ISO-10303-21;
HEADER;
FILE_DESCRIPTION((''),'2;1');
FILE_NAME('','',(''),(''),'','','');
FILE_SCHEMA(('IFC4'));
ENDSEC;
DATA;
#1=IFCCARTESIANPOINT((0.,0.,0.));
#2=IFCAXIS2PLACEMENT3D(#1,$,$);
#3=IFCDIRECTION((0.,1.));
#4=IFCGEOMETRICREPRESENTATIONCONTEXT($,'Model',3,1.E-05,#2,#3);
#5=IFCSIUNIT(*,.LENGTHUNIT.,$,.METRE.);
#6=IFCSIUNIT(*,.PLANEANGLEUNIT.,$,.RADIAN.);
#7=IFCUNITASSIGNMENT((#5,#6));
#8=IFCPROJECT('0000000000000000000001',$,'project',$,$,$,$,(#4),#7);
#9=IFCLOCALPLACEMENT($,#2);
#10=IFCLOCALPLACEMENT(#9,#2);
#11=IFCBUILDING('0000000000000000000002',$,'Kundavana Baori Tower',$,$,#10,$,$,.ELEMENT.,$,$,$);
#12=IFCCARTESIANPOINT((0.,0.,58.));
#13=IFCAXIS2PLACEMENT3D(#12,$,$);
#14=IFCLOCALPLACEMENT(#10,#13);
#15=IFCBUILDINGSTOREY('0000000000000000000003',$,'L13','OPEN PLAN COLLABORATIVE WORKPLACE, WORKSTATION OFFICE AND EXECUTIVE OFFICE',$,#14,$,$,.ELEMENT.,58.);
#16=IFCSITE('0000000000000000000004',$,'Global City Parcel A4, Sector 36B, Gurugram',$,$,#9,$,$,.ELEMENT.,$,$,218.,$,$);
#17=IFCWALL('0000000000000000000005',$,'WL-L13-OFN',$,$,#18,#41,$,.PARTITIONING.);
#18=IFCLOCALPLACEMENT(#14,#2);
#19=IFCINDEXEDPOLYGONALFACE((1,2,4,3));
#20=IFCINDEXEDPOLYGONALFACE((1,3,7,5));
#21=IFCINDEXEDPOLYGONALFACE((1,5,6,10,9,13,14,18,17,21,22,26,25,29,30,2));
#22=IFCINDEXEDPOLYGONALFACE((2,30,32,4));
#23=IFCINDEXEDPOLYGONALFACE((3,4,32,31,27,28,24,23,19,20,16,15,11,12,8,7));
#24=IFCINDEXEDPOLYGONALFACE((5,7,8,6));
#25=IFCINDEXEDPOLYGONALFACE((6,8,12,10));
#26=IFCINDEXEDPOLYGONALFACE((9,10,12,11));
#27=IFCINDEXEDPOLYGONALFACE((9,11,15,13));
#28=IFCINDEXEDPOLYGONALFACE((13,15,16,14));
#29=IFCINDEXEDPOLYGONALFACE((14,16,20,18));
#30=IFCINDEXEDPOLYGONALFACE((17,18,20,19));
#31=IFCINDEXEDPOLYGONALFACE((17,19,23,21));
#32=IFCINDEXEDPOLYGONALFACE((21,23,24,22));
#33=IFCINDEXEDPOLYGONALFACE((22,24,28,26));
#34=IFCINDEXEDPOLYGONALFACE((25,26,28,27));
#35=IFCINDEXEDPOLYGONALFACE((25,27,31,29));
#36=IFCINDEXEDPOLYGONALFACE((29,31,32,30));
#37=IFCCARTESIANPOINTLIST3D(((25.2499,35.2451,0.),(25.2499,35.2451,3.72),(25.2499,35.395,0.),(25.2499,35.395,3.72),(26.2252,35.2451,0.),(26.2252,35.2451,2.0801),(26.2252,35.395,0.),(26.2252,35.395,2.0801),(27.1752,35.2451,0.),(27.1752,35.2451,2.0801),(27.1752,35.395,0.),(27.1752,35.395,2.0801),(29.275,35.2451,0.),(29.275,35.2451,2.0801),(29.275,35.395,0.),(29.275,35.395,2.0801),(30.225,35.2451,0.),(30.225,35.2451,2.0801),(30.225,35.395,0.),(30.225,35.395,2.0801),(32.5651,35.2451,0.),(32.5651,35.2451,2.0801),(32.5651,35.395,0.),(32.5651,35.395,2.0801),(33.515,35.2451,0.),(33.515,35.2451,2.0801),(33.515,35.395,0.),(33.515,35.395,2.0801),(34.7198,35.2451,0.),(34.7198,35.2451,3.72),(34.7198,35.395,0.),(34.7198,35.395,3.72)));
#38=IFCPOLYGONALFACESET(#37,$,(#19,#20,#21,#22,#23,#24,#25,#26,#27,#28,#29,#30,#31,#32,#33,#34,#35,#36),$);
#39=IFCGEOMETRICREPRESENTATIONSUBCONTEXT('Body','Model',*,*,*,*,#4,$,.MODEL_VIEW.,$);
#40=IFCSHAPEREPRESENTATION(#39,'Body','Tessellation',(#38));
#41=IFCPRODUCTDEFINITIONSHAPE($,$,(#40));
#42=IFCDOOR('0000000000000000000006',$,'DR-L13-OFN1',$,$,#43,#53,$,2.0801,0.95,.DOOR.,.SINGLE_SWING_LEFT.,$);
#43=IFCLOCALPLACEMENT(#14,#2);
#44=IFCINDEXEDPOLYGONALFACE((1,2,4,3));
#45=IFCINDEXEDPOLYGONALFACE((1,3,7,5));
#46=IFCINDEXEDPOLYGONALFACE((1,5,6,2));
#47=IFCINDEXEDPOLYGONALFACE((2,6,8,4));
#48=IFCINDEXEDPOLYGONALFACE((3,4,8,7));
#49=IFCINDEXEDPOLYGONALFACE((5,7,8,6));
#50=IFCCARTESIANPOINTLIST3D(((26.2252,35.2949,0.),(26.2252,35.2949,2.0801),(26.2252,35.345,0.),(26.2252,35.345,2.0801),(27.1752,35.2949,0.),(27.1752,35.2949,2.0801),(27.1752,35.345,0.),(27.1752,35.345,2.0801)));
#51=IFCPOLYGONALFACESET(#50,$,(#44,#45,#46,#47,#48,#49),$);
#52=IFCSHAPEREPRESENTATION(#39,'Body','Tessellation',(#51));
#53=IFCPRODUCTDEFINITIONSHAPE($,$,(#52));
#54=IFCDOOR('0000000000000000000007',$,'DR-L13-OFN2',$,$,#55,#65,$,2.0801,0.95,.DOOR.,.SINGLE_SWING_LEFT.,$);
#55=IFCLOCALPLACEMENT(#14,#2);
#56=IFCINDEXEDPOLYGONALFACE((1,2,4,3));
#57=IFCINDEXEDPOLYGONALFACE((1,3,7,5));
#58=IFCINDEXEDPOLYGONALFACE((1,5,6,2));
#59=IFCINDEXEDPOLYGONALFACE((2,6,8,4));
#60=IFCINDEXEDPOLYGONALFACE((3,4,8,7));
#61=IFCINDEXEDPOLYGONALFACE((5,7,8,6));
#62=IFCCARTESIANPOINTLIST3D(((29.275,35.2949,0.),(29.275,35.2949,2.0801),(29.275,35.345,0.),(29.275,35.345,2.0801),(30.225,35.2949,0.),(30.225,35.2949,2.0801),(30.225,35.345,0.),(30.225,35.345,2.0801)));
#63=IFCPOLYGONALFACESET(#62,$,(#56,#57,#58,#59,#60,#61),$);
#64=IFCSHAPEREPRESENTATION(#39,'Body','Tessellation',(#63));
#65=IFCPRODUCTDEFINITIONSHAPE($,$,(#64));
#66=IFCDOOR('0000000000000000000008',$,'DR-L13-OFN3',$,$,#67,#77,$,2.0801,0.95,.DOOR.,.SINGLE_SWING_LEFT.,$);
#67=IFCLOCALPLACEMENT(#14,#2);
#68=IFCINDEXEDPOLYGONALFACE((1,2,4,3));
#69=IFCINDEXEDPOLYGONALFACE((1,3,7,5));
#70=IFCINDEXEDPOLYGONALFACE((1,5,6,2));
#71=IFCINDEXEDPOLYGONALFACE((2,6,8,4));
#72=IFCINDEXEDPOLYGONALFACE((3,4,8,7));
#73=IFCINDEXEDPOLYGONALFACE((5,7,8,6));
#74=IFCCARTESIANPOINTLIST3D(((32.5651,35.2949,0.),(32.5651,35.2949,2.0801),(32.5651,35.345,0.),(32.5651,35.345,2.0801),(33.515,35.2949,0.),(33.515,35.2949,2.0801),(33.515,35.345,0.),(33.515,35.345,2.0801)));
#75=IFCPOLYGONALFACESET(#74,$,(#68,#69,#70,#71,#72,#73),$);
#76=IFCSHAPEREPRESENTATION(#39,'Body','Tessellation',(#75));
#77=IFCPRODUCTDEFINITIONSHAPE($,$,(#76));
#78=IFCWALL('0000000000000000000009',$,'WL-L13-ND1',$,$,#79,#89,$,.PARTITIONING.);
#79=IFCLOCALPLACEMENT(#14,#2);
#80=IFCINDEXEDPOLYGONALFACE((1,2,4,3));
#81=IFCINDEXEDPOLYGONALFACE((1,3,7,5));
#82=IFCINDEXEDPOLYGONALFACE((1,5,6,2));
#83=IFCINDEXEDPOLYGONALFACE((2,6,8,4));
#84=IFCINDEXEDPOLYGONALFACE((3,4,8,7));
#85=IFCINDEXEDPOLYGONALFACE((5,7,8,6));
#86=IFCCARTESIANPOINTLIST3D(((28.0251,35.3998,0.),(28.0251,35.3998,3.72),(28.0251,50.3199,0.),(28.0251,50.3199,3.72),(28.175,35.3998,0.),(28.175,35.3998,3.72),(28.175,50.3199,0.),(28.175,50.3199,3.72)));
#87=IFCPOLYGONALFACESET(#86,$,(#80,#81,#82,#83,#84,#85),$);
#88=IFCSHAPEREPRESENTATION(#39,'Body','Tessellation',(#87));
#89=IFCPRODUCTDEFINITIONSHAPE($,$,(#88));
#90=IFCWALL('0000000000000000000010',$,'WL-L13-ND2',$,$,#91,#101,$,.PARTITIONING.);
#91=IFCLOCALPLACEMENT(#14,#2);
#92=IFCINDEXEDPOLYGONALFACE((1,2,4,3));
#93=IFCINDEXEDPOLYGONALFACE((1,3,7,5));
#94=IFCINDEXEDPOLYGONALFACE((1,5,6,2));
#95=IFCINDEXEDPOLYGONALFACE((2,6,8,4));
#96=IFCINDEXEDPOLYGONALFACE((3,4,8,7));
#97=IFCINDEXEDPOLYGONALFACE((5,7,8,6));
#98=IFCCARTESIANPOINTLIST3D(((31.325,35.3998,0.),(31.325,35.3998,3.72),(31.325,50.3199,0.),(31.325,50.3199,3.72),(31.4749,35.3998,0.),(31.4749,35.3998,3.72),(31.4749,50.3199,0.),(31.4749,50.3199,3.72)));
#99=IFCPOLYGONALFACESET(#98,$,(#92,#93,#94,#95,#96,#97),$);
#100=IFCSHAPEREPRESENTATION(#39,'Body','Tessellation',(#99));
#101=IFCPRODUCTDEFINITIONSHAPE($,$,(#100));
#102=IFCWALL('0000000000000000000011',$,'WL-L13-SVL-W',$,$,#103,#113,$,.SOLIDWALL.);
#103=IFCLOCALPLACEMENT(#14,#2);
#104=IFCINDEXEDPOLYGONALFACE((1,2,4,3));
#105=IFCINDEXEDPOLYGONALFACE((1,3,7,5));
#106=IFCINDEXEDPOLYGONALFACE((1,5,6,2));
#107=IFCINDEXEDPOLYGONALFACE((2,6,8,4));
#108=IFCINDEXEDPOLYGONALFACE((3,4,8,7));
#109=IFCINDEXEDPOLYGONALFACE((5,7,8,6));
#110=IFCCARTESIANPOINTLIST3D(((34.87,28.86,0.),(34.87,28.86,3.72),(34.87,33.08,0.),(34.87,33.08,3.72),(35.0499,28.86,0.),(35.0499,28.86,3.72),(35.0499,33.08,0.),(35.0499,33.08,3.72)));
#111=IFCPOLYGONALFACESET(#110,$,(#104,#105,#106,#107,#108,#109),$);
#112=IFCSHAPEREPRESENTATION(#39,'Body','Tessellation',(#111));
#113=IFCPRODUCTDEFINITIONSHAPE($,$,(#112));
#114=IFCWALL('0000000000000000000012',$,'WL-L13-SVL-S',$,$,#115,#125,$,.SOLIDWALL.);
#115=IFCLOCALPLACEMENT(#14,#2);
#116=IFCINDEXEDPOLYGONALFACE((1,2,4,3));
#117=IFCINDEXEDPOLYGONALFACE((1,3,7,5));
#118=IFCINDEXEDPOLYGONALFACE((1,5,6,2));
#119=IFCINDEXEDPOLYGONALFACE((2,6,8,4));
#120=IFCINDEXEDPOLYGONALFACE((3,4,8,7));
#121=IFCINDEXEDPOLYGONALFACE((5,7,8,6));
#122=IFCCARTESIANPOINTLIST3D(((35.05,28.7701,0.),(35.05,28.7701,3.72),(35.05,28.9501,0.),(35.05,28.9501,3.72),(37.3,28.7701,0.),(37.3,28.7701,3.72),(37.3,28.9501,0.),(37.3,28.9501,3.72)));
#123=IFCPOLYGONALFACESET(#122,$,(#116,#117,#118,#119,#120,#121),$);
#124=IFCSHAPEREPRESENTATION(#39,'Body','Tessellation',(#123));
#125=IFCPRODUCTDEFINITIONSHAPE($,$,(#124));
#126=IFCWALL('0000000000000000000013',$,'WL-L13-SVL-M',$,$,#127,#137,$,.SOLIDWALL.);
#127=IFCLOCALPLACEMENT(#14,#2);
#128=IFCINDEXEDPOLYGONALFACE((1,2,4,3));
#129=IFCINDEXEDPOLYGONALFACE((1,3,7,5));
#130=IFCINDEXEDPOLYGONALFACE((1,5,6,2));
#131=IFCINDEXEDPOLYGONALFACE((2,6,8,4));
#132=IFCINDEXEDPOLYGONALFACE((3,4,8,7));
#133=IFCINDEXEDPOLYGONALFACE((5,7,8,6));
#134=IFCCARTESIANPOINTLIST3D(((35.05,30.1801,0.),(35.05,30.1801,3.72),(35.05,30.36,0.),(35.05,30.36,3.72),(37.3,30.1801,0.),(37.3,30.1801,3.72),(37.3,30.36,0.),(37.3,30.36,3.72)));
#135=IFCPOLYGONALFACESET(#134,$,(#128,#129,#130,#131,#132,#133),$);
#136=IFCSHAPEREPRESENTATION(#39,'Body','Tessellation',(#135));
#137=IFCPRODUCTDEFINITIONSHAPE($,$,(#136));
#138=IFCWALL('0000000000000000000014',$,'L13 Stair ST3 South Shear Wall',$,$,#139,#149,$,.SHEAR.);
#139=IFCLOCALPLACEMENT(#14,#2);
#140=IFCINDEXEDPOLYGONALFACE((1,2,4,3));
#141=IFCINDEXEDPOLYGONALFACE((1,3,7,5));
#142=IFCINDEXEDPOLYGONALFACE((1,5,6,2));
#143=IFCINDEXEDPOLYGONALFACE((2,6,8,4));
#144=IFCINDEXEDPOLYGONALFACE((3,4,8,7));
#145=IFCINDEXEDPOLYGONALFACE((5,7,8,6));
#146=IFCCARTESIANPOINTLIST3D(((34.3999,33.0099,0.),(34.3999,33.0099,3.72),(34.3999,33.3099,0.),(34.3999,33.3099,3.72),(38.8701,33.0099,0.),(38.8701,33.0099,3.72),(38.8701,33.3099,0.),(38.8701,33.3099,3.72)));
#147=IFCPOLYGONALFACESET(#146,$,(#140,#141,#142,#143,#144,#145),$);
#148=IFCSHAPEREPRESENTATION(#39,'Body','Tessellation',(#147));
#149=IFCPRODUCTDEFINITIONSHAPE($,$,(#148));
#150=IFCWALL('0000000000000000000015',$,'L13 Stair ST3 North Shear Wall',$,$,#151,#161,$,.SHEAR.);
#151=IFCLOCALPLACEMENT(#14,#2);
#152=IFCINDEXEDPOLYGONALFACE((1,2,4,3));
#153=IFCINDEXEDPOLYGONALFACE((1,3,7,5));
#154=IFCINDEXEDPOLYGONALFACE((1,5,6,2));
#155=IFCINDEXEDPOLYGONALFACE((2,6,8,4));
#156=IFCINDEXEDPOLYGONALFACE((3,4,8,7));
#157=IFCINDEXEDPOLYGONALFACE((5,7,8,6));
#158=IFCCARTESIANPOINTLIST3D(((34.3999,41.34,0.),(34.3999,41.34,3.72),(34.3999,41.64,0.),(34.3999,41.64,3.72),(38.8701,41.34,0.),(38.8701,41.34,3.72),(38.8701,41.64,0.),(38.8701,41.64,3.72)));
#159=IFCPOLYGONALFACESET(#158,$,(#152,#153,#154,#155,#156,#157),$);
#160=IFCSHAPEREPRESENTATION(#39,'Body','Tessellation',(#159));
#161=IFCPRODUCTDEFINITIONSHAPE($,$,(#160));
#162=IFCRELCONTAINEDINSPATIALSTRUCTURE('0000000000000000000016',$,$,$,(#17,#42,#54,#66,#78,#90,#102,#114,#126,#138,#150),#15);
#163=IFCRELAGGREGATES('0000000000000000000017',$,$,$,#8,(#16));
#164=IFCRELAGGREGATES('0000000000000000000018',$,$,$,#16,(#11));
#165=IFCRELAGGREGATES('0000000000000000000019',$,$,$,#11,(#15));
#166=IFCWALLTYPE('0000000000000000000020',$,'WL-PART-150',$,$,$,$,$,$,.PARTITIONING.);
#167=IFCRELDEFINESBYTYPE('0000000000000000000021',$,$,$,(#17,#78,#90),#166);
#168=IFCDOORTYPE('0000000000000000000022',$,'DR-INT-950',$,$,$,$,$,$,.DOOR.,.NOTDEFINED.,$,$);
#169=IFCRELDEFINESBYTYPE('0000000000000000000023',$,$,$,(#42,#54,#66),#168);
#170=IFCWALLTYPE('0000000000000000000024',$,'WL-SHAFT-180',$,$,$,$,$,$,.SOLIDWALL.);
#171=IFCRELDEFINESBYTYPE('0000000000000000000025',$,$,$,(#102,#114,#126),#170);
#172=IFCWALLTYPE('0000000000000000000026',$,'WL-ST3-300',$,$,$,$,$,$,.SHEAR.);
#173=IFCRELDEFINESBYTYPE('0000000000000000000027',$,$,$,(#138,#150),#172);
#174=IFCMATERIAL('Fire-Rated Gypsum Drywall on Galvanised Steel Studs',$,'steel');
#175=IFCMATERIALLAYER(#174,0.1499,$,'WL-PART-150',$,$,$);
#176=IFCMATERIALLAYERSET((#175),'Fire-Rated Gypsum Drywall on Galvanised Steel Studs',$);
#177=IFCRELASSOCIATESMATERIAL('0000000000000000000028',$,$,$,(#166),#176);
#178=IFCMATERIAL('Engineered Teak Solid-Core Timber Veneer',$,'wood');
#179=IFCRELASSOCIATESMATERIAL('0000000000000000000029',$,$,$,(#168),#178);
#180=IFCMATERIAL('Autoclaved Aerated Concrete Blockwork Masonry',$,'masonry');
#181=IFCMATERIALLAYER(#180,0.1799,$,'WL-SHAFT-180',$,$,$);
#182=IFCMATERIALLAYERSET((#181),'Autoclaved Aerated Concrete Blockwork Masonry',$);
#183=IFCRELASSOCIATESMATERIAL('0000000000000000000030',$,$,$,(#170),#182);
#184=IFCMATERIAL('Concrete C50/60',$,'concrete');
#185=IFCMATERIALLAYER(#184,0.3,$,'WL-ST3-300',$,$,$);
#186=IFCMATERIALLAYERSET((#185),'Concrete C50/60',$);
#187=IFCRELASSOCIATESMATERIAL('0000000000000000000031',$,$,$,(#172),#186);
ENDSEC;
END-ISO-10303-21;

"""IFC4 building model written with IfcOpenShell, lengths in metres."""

from ifc_helpers import new_model, si_unit, direction, frame, frame_2d, origin, place, context, subcontext, project, spatial, rectangle, extrude, material, layer, layer_set, type_object, element, fill, save


model = new_model("IFC4")

# Units and contexts
model_context = context("Model", 3, precision=1e-05, world=origin(), true_north=direction((0.0, 1.0)))
body_context = subcontext(model_context, "Body", "Model", "MODEL_VIEW")
ifc_project = project(units=[si_unit("LENGTHUNIT", "METRE"), si_unit("PLANEANGLEUNIT", "RADIAN")], contexts=[model_context])

# Site, building, storey
site_placement = place(None, origin())
site = spatial("IfcSite", under=ifc_project, at=site_placement, Name="Global City Parcel A4, Sector 36B, Gurugram", CompositionType="ELEMENT", RefElevation=218.0)
building_placement = place(site_placement, origin())
building = spatial("IfcBuilding", under=site, at=building_placement, Name="Kundavana Baori Tower", CompositionType="ELEMENT")
storey_placement = place(building_placement, frame((0.0, 0.0, 58.0)))
storey = spatial("IfcBuildingStorey", under=building, at=storey_placement, Name="L13", Description="OPEN PLAN COLLABORATIVE WORKPLACE, WORKSTATION OFFICE AND EXECUTIVE OFFICE", CompositionType="ELEMENT", Elevation=58.0)

# Wall, openings, doors
ifc_material_1 = material(Name="Fire-Rated Gypsum Drywall on Galvanised Steel Studs", Category="steel")
ifc_layer_1 = layer(ifc_material_1, 0.1499, Name="WL-PART-150")
ifc_layer_set_1 = layer_set([ifc_layer_1], Name="Fire-Rated Gypsum Drywall on Galvanised Steel Studs")
wall_type_1 = type_object("IfcWallType", Name="WL-PART-150", PredefinedType="PARTITIONING", material=ifc_layer_set_1)
wall_1_placement = place(storey_placement, frame((25.25, 35.3201, 0.0), z_axis=(0.0, 0.0, 1.0), x_axis=(1.0, 0.0, 0.0)))
wall_1 = element("IfcWall", 1, at=wall_1_placement, inside=storey, type_object=wall_type_1, Name="WL-L13-OFN", PredefinedType="PARTITIONING", context=body_context, shape_type="SweptSolid", body=[
    extrude(rectangle(XDim=9.47, YDim=0.1499, at=frame_2d((4.7349, 0.0))), origin(), (0.0, 0.0, 1.0), 3.72),
])
opening_1_placement = place(wall_1_placement, frame((0.9751, 0.0, 0.0)))
opening_1 = element("IfcOpeningElement", 2, at=opening_1_placement, cuts=wall_1, PredefinedType="OPENING", context=body_context, shape_type="SweptSolid", body=[
    extrude(rectangle(XDim=0.95, YDim=2.0801, at=frame_2d((0.4751, 1.04))), frame((0.0, 0.085, 0.0), z_axis=(0.0, -1.0, 0.0), x_axis=(1.0, 0.0, 0.0)), (0.0, 0.0, 1.0), 0.1699),
])
opening_2_placement = place(wall_1_placement, frame((4.0249, 0.0, 0.0)))
opening_2 = element("IfcOpeningElement", 3, at=opening_2_placement, cuts=wall_1, PredefinedType="OPENING", context=body_context, shape_type="SweptSolid", body=[
    extrude(rectangle(XDim=0.95, YDim=2.0801, at=frame_2d((0.4751, 1.04))), frame((0.0, 0.085, 0.0), z_axis=(0.0, -1.0, 0.0), x_axis=(1.0, 0.0, 0.0)), (0.0, 0.0, 1.0), 0.1699),
])
opening_3_placement = place(wall_1_placement, frame((7.3149, 0.0, 0.0)))
opening_3 = element("IfcOpeningElement", 4, at=opening_3_placement, cuts=wall_1, PredefinedType="OPENING", context=body_context, shape_type="SweptSolid", body=[
    extrude(rectangle(XDim=0.95, YDim=2.0801, at=frame_2d((0.4751, 1.04))), frame((0.0, 0.085, 0.0), z_axis=(0.0, -1.0, 0.0), x_axis=(1.0, 0.0, 0.0)), (0.0, 0.0, 1.0), 0.1699),
])
ifc_material_2 = material(Name="Engineered Teak Solid-Core Timber Veneer", Category="wood")
door_type_1 = type_object("IfcDoorType", Name="DR-INT-950", OperationType="NOTDEFINED", PredefinedType="DOOR", material=ifc_material_2)
door_1_placement = place(opening_1_placement, origin())
door_1 = element("IfcDoor", 5, at=door_1_placement, inside=storey, type_object=door_type_1, Name="DR-L13-OFN1", OperationType="SINGLE_SWING_LEFT", OverallHeight=2.0801, OverallWidth=0.95, PredefinedType="DOOR", context=body_context, shape_type="SweptSolid", body=[
    extrude(rectangle(XDim=0.95, YDim=2.0801, at=frame_2d((0.4751, 1.04))), frame((0.0, 0.0249, 0.0), z_axis=(0.0, -1.0, 0.0), x_axis=(1.0, 0.0, 0.0)), (0.0, 0.0, 1.0), 0.05),
])
fill(opening_1, door_1)
door_2_placement = place(opening_2_placement, origin())
door_2 = element("IfcDoor", 6, at=door_2_placement, inside=storey, type_object=door_type_1, Name="DR-L13-OFN2", OperationType="SINGLE_SWING_LEFT", OverallHeight=2.0801, OverallWidth=0.95, PredefinedType="DOOR", context=body_context, shape_type="SweptSolid", body=[
    extrude(rectangle(XDim=0.95, YDim=2.0801, at=frame_2d((0.4751, 1.04))), frame((0.0, 0.0249, 0.0), z_axis=(0.0, -1.0, 0.0), x_axis=(1.0, 0.0, 0.0)), (0.0, 0.0, 1.0), 0.05),
])
fill(opening_2, door_2)
door_3_placement = place(opening_3_placement, origin())
door_3 = element("IfcDoor", 7, at=door_3_placement, inside=storey, type_object=door_type_1, Name="DR-L13-OFN3", OperationType="SINGLE_SWING_LEFT", OverallHeight=2.0801, OverallWidth=0.95, PredefinedType="DOOR", context=body_context, shape_type="SweptSolid", body=[
    extrude(rectangle(XDim=0.95, YDim=2.0801, at=frame_2d((0.4751, 1.04))), frame((0.0, 0.0249, 0.0), z_axis=(0.0, -1.0, 0.0), x_axis=(1.0, 0.0, 0.0)), (0.0, 0.0, 1.0), 0.05),
])
fill(opening_3, door_3)

# Walls
for number, where, z_axis, x_axis, name in (
    (8, (28.1001, 35.3999, 0.0), (0.0, 0.0, 1.0), (0.0, 1.0, 0.0), "WL-L13-ND1"),
    (9, (31.3999, 35.3999, 0.0), (0.0, 0.0, 1.0), (0.0, 1.0, 0.0), "WL-L13-ND2"),
):
    element("IfcWall", number, at=place(storey_placement, frame(where, z_axis=z_axis, x_axis=x_axis)), inside=storey, type_object=wall_type_1, Name=name, PredefinedType="PARTITIONING", context=body_context, shape_type="SweptSolid", body=[
        extrude(rectangle(XDim=14.9202, YDim=0.1499, at=frame_2d((7.46, 0.0))), origin(), (0.0, 0.0, 1.0), 3.72),
    ])
ifc_material_3 = material(Name="Autoclaved Aerated Concrete Blockwork Masonry", Category="masonry")
ifc_layer_2 = layer(ifc_material_3, 0.1799, Name="WL-SHAFT-180")
ifc_layer_set_2 = layer_set([ifc_layer_2], Name="Autoclaved Aerated Concrete Blockwork Masonry")
wall_type_2 = type_object("IfcWallType", Name="WL-SHAFT-180", PredefinedType="SOLIDWALL", material=ifc_layer_set_2)
wall_2_placement = place(storey_placement, frame((34.96, 28.8601, 0.0), z_axis=(0.0, 0.0, 1.0), x_axis=(0.0, 1.0, 0.0)))
element("IfcWall", 10, at=wall_2_placement, inside=storey, type_object=wall_type_2, Name="WL-L13-SVL-W", PredefinedType="SOLIDWALL", context=body_context, shape_type="SweptSolid", body=[
    extrude(rectangle(XDim=4.22, YDim=0.1799, at=frame_2d((2.1099, 0.0))), origin(), (0.0, 0.0, 1.0), 3.72),
])
for number, where, z_axis, x_axis, name in (
    (11, (35.05, 28.8601, 0.0), (0.0, 0.0, 1.0), (1.0, 0.0, 0.0), "WL-L13-SVL-S"),
    (12, (35.05, 30.27, 0.0), (0.0, 0.0, 1.0), (1.0, 0.0, 0.0), "WL-L13-SVL-M"),
):
    element("IfcWall", number, at=place(storey_placement, frame(where, z_axis=z_axis, x_axis=x_axis)), inside=storey, type_object=wall_type_2, Name=name, PredefinedType="SOLIDWALL", context=body_context, shape_type="SweptSolid", body=[
        extrude(rectangle(XDim=2.25, YDim=0.1799, at=frame_2d((1.125, 0.0))), origin(), (0.0, 0.0, 1.0), 3.72),
    ])
ifc_material_4 = material(Name="Concrete C50/60", Category="concrete")
ifc_layer_3 = layer(ifc_material_4, 0.3, Name="WL-ST3-300")
ifc_layer_set_3 = layer_set([ifc_layer_3], Name="Concrete C50/60")
wall_type_3 = type_object("IfcWallType", Name="WL-ST3-300", PredefinedType="SHEAR", material=ifc_layer_set_3)
for number, where, z_axis, x_axis, name in (
    (13, (34.3999, 33.1599, 0.0), (0.0, 0.0, 1.0), (1.0, 0.0, 0.0), "L13 Stair ST3 South Shear Wall"),
    (14, (34.3999, 41.49, 0.0), (0.0, 0.0, 1.0), (1.0, 0.0, 0.0), "L13 Stair ST3 North Shear Wall"),
):
    element("IfcWall", number, at=place(storey_placement, frame(where, z_axis=z_axis, x_axis=x_axis)), inside=storey, type_object=wall_type_3, Name=name, PredefinedType="SHEAR", context=body_context, shape_type="SweptSolid", body=[
        extrude(rectangle(XDim=4.4702, YDim=0.3, at=frame_2d((2.2351, 0.0))), origin(), (0.0, 0.0, 1.0), 3.72),
    ])

save(model, "model.ifc")
